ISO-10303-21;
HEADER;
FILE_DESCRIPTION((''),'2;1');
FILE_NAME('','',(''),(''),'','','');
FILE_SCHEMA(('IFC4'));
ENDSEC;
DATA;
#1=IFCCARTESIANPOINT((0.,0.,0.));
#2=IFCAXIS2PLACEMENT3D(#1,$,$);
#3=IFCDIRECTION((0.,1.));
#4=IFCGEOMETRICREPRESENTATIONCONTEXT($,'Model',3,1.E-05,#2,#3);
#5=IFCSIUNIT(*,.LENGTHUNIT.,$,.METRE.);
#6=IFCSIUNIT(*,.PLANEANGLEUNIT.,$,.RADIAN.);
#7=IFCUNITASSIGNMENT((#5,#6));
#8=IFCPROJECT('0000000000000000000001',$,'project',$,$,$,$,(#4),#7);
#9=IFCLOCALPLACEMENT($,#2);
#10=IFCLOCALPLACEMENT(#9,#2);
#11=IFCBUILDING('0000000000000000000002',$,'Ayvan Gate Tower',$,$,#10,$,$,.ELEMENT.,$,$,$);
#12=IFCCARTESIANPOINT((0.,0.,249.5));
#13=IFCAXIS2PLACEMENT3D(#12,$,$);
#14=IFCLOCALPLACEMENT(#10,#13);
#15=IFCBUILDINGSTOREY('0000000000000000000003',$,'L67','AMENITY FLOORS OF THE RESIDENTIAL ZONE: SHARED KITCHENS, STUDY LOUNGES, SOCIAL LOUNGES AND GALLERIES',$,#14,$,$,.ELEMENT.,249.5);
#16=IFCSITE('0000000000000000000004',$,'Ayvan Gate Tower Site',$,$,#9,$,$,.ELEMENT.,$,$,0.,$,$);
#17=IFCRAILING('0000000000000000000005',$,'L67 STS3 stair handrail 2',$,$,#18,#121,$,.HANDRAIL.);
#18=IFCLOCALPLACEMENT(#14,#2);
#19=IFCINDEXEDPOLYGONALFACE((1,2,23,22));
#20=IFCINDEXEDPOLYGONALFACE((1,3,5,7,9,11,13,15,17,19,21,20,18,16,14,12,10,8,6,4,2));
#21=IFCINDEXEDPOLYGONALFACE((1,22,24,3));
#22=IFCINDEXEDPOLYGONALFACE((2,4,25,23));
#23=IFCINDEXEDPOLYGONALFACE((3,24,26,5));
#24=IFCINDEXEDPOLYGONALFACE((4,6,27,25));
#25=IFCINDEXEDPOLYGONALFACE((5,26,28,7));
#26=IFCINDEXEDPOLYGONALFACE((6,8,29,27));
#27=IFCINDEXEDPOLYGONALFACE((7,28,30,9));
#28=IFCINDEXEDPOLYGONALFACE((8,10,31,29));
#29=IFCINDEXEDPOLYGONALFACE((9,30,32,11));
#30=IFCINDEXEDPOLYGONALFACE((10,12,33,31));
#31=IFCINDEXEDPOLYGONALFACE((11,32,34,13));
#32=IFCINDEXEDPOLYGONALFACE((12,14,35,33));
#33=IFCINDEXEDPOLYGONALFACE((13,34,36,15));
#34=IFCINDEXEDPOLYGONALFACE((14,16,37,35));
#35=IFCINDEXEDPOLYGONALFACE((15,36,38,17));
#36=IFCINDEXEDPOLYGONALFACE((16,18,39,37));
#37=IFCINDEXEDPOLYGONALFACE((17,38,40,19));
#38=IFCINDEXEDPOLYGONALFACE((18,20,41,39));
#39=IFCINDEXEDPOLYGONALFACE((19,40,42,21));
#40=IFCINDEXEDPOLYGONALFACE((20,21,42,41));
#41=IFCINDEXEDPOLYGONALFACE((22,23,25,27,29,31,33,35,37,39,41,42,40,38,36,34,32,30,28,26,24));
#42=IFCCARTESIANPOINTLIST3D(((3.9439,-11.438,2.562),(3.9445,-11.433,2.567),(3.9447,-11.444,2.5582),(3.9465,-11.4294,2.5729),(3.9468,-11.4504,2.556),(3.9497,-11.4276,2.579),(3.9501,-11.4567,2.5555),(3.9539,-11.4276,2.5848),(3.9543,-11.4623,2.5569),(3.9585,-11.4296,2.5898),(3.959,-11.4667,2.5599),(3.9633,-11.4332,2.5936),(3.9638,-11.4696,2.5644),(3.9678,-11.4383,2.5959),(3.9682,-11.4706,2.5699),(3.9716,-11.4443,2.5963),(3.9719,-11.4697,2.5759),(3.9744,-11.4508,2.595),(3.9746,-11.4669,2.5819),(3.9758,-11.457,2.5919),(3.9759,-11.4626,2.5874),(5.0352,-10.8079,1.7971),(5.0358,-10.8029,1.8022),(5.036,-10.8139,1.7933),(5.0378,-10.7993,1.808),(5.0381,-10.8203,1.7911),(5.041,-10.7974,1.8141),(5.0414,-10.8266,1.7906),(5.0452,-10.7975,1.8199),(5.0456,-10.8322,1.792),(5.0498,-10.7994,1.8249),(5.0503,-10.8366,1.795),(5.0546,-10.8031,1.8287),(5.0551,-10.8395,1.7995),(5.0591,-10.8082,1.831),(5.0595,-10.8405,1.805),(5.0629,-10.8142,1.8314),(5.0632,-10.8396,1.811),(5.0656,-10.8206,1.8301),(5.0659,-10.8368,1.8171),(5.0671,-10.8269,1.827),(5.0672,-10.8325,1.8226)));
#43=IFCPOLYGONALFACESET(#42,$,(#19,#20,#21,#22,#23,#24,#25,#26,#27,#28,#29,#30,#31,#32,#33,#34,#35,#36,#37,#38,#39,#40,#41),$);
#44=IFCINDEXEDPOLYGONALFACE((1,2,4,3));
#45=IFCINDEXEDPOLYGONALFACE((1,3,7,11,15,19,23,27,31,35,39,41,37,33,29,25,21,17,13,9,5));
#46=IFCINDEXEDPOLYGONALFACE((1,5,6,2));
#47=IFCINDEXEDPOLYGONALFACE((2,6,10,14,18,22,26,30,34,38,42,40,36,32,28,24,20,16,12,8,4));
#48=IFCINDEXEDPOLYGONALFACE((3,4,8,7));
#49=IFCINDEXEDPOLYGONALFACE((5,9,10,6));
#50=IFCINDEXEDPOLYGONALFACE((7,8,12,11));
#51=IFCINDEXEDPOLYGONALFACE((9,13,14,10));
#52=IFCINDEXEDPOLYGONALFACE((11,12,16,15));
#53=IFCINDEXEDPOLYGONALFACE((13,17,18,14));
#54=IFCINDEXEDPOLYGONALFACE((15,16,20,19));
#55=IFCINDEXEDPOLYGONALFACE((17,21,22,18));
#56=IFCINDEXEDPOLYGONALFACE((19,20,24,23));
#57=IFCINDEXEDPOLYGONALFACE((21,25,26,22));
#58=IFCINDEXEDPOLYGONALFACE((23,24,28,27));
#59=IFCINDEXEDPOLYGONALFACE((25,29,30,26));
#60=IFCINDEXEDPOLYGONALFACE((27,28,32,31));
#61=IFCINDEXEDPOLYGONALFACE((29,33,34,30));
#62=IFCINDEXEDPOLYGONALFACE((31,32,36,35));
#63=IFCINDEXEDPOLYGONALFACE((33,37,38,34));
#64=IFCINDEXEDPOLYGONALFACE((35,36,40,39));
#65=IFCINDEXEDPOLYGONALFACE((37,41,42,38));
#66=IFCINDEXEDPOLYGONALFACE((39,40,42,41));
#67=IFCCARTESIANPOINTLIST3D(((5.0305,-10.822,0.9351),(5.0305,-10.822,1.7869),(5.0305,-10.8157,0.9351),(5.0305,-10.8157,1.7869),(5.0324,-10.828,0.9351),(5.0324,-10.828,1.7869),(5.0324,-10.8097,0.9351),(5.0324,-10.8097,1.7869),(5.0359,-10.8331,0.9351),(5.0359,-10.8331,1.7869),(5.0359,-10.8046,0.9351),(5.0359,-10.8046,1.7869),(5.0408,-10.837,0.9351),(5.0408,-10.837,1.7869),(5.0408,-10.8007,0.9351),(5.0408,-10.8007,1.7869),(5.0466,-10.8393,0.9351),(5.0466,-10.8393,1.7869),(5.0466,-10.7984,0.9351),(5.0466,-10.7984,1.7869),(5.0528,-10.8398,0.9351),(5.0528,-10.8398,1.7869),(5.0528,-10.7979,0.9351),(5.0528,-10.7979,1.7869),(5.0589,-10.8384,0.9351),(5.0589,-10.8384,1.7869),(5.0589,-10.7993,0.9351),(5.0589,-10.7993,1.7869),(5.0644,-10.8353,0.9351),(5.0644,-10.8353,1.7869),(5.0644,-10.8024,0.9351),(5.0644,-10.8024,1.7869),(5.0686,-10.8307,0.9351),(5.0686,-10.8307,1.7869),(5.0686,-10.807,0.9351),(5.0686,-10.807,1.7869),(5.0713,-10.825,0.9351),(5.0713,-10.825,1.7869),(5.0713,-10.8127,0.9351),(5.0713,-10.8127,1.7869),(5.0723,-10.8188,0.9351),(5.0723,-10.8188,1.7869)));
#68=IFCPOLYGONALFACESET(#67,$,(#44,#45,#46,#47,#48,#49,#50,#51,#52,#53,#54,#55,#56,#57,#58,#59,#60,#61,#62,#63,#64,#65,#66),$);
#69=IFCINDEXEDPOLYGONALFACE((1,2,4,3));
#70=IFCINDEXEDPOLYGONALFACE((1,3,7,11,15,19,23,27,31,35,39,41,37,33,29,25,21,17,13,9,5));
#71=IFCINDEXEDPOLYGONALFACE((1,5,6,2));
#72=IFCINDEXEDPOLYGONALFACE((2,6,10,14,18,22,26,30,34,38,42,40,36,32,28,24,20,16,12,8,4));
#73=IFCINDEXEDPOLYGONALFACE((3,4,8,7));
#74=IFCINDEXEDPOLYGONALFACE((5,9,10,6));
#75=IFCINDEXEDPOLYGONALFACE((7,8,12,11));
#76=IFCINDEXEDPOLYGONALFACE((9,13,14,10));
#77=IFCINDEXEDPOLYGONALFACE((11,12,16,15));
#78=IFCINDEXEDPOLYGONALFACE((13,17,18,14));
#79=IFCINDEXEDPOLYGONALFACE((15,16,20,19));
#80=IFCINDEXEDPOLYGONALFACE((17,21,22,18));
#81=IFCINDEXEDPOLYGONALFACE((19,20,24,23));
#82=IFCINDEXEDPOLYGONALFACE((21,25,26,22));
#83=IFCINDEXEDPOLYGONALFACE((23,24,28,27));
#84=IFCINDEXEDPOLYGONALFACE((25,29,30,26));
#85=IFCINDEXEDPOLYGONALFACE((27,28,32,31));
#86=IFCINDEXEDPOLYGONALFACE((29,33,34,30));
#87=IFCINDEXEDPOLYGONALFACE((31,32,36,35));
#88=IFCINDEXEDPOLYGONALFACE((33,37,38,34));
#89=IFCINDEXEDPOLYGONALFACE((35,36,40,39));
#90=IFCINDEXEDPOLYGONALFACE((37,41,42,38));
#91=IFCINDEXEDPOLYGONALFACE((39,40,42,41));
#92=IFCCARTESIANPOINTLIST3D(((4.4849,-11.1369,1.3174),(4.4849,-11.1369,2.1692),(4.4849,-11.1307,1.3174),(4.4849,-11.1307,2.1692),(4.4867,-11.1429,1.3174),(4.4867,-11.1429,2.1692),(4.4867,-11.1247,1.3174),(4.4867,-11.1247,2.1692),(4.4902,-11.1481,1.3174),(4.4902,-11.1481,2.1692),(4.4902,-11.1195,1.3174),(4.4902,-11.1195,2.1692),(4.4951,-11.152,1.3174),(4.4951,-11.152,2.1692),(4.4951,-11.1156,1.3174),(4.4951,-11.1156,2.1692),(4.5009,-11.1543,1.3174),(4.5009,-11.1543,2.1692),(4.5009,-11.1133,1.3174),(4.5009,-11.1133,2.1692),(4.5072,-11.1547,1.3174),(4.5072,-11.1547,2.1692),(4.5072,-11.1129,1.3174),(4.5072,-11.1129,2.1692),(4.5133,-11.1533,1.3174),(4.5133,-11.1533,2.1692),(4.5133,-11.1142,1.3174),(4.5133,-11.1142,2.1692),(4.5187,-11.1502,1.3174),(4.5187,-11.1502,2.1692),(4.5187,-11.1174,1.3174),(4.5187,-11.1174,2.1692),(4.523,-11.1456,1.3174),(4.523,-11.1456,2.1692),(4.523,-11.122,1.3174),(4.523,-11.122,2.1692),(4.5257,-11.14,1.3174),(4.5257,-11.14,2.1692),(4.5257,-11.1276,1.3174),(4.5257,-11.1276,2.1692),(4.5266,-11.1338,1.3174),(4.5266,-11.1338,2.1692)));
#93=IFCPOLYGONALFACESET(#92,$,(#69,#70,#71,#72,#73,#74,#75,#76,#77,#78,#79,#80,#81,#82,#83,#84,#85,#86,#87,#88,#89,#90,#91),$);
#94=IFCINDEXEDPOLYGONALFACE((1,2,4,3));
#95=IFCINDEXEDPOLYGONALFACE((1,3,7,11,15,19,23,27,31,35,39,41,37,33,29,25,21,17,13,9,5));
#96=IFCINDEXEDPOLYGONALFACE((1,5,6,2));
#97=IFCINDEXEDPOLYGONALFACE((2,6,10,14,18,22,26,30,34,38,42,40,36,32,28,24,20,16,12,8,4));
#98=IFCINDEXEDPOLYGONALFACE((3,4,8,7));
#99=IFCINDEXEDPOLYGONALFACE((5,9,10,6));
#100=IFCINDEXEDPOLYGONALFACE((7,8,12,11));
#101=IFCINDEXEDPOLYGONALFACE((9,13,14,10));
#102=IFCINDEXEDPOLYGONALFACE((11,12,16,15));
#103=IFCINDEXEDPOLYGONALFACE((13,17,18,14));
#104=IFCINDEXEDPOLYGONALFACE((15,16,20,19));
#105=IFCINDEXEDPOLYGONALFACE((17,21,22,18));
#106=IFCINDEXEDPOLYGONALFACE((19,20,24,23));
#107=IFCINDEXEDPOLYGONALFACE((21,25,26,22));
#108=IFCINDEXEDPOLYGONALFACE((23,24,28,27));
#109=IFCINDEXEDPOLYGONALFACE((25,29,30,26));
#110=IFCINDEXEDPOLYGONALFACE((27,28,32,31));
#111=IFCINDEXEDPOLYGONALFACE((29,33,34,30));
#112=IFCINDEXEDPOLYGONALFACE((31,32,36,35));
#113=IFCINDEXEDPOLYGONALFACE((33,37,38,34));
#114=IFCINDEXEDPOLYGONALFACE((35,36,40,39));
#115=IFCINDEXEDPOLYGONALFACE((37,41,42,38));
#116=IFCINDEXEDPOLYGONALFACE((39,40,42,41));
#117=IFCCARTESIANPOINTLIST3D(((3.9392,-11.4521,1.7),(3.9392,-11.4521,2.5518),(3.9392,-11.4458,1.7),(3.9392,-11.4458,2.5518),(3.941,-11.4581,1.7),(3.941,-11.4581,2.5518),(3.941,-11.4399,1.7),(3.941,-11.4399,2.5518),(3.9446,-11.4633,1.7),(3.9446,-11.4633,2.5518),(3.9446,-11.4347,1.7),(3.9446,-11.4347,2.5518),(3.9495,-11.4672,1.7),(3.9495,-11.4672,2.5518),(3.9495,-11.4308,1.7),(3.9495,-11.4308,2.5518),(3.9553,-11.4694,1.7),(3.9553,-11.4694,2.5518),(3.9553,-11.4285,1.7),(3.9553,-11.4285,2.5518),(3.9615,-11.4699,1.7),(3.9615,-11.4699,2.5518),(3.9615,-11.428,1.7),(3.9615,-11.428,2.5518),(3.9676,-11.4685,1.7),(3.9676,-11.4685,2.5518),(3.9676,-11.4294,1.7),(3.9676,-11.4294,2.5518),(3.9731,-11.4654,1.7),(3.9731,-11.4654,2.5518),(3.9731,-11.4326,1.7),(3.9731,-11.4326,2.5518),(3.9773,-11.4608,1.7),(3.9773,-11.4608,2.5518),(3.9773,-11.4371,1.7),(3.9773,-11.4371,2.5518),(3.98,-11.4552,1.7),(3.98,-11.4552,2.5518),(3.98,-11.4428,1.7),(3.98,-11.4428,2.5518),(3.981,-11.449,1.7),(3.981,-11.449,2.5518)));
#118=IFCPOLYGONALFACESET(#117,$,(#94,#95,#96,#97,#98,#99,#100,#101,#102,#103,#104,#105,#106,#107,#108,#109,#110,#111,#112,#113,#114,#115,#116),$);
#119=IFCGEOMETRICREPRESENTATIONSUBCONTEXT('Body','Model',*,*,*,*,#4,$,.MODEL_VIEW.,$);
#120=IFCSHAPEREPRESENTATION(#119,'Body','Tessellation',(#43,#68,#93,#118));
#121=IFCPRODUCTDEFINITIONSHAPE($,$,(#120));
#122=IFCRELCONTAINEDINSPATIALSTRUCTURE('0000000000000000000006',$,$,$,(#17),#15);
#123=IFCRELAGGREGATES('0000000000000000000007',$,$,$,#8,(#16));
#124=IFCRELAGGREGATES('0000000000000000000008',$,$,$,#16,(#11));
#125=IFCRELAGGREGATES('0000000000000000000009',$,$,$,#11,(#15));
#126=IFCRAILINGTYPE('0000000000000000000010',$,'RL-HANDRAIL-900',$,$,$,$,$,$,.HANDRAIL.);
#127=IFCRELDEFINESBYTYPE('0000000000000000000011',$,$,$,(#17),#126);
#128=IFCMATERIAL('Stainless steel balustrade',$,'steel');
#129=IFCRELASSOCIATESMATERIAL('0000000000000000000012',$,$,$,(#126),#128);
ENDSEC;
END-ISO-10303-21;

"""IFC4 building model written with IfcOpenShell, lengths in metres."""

from ifc_helpers import new_model, si_unit, direction, frame, origin, origin_2d, place, context, subcontext, project, spatial, circle, extrude, material, type_object, element, save


model = new_model("IFC4")

# Units and contexts
model_context = context("Model", 3, precision=1e-05, world=origin(), true_north=direction((0.0, 1.0)))
body_context = subcontext(model_context, "Body", "Model", "MODEL_VIEW")
ifc_project = project(units=[si_unit("LENGTHUNIT", "METRE"), si_unit("PLANEANGLEUNIT", "RADIAN")], contexts=[model_context])

# Site, building, storey
site_placement = place(None, origin())
site = spatial("IfcSite", under=ifc_project, at=site_placement, Name="Ayvan Gate Tower Site", CompositionType="ELEMENT", RefElevation=0.0)
building_placement = place(site_placement, origin())
building = spatial("IfcBuilding", under=site, at=building_placement, Name="Ayvan Gate Tower", CompositionType="ELEMENT")
storey_placement = place(building_placement, frame((0.0, 0.0, 249.5)))
storey = spatial("IfcBuildingStorey", under=building, at=storey_placement, Name="L67", Description="AMENITY FLOORS OF THE RESIDENTIAL ZONE: SHARED KITCHENS, STUDY LOUNGES, SOCIAL LOUNGES AND GALLERIES", CompositionType="ELEMENT", Elevation=249.5)

# Railing
ifc_material_1 = material(Name="Stainless steel balustrade", Category="steel")
railing_type = type_object("IfcRailingType", Name="RL-HANDRAIL-900", PredefinedType="HANDRAIL", material=ifc_material_1)
railing_1_placement = place(storey_placement, frame((5.0513, -10.8188, 0.9351)))
element("IfcRailing", 1, at=railing_1_placement, inside=storey, type_object=railing_type, Name="L67 STS3 stair handrail 2", PredefinedType="HANDRAIL", context=body_context, shape_type="SweptSolid", body=[
    extrude(circle(Radius=0.0239, at=origin_2d()), frame((0.0, 0.0, 0.876), z_axis=(-0.740304, -0.427455, 0.518875), x_axis=(0.500035, -0.866005, 0.0)), (0.0, 0.0, 1.0), 1.4741),
    extrude(circle(Radius=0.021, at=origin_2d()), origin(), (0.0, 0.0, 1.0), 0.8518),
    extrude(circle(Radius=0.021, at=origin_2d()), frame((-0.5457, -0.3149, 0.3823)), (0.0, 0.0, 1.0), 0.8518),
    extrude(circle(Radius=0.021, at=origin_2d()), frame((-1.0913, -0.6301, 0.7649)), (0.0, 0.0, 1.0), 0.8518),
])

save(model, "model.ifc")
